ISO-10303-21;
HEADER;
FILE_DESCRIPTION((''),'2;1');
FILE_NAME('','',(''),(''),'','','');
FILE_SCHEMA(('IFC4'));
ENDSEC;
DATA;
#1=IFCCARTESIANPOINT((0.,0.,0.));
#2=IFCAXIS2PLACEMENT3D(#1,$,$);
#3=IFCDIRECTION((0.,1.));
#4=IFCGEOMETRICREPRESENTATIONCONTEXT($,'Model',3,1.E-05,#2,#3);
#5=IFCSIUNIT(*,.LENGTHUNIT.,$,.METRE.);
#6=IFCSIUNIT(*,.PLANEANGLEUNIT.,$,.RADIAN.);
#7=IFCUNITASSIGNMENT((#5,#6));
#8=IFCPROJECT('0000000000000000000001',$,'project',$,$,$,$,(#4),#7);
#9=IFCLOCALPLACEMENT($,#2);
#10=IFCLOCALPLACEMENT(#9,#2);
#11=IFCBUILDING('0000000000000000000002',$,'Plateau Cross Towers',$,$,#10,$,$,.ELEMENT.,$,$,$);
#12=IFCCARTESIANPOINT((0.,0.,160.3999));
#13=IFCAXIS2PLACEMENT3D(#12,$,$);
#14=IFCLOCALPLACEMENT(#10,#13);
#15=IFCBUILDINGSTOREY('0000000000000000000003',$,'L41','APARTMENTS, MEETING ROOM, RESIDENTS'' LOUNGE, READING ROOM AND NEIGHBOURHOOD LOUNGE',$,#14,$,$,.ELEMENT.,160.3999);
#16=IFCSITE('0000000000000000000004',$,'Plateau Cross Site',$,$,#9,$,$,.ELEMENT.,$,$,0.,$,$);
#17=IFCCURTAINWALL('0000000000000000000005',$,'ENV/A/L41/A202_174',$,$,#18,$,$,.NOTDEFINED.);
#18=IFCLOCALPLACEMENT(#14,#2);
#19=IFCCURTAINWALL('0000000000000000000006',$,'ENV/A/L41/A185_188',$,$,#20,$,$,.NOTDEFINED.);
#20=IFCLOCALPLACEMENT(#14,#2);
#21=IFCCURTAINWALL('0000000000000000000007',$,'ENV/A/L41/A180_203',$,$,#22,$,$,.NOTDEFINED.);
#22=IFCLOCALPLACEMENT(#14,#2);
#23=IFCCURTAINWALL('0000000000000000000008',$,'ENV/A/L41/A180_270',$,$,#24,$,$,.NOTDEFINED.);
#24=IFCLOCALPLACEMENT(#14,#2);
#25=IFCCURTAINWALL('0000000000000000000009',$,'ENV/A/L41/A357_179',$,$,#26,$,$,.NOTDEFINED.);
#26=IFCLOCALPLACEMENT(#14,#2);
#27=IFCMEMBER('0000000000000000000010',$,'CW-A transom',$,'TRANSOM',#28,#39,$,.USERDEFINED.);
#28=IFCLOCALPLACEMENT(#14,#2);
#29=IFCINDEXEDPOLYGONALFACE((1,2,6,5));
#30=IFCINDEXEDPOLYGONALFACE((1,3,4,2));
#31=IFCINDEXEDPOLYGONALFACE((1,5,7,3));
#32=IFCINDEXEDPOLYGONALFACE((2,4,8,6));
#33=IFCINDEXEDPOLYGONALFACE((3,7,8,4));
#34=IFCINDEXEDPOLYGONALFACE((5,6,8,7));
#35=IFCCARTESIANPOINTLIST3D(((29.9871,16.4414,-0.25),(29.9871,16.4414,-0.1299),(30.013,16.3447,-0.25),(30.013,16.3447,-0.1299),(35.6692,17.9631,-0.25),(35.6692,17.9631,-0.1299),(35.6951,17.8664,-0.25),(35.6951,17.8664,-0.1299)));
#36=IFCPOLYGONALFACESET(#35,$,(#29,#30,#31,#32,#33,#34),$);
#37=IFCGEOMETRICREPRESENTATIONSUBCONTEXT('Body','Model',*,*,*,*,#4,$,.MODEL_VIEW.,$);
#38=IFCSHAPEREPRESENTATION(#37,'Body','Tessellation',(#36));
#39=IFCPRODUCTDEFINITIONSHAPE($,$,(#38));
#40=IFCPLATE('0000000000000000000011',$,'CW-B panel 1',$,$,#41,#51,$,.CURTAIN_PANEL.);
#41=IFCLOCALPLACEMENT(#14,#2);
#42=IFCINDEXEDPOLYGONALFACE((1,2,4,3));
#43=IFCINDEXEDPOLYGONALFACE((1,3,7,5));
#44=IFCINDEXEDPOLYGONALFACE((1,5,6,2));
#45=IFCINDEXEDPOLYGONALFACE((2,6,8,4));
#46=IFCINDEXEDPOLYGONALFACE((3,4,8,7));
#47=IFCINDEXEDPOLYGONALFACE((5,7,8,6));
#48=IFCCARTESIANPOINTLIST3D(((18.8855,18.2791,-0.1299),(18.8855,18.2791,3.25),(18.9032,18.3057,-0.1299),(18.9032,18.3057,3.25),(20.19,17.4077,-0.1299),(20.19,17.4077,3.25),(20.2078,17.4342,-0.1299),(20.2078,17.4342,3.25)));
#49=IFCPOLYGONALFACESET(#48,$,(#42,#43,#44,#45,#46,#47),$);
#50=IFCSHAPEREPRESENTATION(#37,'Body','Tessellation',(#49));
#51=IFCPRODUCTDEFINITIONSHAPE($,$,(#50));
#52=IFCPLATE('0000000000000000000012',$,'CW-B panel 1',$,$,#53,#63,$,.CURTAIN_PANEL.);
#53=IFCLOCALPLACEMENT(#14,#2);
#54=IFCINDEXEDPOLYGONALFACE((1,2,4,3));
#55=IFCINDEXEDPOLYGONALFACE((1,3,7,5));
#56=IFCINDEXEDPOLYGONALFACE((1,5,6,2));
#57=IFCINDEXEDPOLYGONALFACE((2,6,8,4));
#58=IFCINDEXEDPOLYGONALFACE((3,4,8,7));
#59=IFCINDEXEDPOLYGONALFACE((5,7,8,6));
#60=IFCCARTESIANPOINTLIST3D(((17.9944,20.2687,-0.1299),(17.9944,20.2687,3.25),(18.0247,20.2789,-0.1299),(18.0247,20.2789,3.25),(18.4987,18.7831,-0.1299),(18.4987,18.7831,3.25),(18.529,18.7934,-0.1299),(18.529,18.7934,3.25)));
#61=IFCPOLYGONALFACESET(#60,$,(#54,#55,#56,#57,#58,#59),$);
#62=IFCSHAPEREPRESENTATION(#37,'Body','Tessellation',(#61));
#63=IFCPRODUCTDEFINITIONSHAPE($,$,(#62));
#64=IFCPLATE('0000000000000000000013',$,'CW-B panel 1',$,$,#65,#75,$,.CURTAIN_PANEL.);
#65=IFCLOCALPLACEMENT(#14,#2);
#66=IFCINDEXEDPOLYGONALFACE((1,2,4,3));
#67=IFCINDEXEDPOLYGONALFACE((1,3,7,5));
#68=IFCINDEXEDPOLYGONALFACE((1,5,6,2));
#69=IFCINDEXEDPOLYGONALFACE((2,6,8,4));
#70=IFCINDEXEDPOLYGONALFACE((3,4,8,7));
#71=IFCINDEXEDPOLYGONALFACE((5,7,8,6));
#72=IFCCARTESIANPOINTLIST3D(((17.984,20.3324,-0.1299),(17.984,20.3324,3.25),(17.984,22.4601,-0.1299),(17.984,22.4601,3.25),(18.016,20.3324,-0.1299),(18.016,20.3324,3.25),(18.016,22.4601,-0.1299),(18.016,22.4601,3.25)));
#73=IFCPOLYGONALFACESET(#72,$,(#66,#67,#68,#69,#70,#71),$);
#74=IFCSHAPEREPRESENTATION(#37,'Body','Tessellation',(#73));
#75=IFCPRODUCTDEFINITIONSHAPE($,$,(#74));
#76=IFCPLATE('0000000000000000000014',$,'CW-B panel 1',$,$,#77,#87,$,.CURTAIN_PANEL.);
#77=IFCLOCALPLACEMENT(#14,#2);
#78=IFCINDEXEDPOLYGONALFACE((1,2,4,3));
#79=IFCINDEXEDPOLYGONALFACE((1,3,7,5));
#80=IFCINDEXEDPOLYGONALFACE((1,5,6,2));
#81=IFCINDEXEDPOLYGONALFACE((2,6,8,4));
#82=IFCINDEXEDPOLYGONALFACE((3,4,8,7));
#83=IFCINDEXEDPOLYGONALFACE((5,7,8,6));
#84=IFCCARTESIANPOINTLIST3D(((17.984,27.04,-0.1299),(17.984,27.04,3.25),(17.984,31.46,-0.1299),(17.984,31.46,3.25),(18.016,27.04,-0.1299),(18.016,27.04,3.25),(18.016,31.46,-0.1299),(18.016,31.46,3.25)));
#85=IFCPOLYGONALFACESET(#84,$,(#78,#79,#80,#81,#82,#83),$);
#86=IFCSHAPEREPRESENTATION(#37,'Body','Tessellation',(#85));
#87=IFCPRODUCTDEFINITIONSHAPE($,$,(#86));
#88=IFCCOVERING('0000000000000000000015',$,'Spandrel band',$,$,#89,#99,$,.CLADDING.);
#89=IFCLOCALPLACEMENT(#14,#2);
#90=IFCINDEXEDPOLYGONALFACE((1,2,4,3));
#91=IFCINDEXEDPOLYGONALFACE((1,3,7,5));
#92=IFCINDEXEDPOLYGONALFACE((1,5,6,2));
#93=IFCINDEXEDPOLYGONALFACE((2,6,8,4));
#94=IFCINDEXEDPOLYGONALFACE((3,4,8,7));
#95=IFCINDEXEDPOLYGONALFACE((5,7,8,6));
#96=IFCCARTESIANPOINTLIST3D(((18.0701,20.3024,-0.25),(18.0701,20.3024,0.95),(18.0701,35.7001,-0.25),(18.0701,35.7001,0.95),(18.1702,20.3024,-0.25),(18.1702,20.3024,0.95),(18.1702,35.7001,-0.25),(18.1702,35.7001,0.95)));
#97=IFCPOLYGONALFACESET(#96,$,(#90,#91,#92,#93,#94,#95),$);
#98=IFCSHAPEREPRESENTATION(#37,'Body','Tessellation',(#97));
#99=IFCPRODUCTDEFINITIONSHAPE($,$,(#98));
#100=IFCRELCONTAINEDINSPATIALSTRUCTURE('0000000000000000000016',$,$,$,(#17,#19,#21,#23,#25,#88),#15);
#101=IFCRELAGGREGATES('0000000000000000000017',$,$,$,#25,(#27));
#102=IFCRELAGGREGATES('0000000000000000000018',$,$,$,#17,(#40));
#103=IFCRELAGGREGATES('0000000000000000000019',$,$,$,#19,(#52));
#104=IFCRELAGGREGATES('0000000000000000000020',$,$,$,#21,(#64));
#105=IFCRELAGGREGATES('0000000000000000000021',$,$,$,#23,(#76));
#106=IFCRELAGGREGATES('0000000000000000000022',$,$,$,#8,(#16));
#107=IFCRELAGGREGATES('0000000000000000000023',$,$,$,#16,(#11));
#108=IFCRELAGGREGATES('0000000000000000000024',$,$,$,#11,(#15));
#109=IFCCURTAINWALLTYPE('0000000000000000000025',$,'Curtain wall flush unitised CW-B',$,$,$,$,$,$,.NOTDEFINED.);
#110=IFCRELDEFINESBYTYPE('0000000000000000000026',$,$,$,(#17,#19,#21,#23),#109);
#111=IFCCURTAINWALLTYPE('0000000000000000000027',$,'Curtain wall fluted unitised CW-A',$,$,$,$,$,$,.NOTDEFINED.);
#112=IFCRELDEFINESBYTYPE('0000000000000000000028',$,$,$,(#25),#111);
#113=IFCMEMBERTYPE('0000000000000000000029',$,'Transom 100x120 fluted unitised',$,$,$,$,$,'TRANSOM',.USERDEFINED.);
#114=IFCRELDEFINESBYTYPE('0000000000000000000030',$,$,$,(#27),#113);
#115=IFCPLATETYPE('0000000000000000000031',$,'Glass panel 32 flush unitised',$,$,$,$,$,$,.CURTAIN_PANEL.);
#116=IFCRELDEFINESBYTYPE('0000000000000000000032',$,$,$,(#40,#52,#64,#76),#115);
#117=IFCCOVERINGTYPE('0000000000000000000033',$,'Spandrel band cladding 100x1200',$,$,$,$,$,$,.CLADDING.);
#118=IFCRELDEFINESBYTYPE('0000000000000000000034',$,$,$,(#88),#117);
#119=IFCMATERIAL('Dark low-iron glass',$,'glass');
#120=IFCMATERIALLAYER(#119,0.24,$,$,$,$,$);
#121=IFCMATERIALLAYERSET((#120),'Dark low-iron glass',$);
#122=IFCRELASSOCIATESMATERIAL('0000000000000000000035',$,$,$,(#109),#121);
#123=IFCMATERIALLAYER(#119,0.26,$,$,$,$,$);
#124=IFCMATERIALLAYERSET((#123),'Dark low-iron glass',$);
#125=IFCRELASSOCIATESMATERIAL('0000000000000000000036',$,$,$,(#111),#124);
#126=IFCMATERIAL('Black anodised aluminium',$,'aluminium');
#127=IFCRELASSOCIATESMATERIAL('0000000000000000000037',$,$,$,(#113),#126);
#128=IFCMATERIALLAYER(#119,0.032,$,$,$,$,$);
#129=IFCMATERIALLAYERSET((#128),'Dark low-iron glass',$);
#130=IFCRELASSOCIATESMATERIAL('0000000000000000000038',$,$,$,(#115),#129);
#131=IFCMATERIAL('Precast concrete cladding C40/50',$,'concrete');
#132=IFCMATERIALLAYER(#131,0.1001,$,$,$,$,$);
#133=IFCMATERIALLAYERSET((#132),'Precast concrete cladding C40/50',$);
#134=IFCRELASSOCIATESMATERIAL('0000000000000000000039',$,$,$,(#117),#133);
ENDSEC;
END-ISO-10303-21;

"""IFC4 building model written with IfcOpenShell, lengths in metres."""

from ifc_helpers import new_model, si_unit, direction, frame, origin, origin_2d, place, context, subcontext, project, spatial, rectangle, extrude, material, layer, layer_set, material_profile, profile_set, type_object, element, aggregate, save


model = new_model("IFC4")

# Units and contexts
model_context = context("Model", 3, precision=1e-05, world=origin(), true_north=direction((0.0, 1.0)))
body_context = subcontext(model_context, "Body", "Model", "MODEL_VIEW")
ifc_project = project(units=[si_unit("LENGTHUNIT", "METRE"), si_unit("PLANEANGLEUNIT", "RADIAN")], contexts=[model_context])

# Site, building, storey
site_placement = place(None, origin())
site = spatial("IfcSite", under=ifc_project, at=site_placement, Name="Plateau Cross Site", CompositionType="ELEMENT", RefElevation=0.0)
building_placement = place(site_placement, origin())
building = spatial("IfcBuilding", under=site, at=building_placement, Name="Plateau Cross Towers", CompositionType="ELEMENT")
storey_placement = place(building_placement, frame((0.0, 0.0, 160.3999)))
storey = spatial("IfcBuildingStorey", under=building, at=storey_placement, Name="L41", Description="APARTMENTS, MEETING ROOM, RESIDENTS' LOUNGE, READING ROOM AND NEIGHBOURHOOD LOUNGE", CompositionType="ELEMENT", Elevation=160.3999)

# Curtain wall
ifc_material_1 = material(Name="Dark low-iron glass", Category="glass")
ifc_layer_1 = layer(ifc_material_1, 0.24)
ifc_layer_set_1 = layer_set([ifc_layer_1], Name="Dark low-iron glass")
curtain_wall_type_1 = type_object("IfcCurtainWallType", Name="Curtain wall flush unitised CW-B", PredefinedType="NOTDEFINED", material=ifc_layer_set_1)
curtain_wall_1_placement = place(storey_placement, origin())
curtain_wall_1 = element("IfcCurtainWall", 1, at=curtain_wall_1_placement, inside=storey, type_object=curtain_wall_type_1, Name="ENV/A/L41/A202_174", PredefinedType="NOTDEFINED")
ifc_material_2 = material(Name="Black anodised aluminium", Category="aluminium")

# Curtain wall
curtain_wall_2_placement = place(storey_placement, origin())
curtain_wall_2 = element("IfcCurtainWall", 2, at=curtain_wall_2_placement, inside=storey, type_object=curtain_wall_type_1, Name="ENV/A/L41/A185_188", PredefinedType="NOTDEFINED")

# Curtain walls
curtain_wall_3_placement = place(storey_placement, origin())
curtain_wall_3 = element("IfcCurtainWall", 3, at=curtain_wall_3_placement, inside=storey, type_object=curtain_wall_type_1, Name="ENV/A/L41/A180_203", PredefinedType="NOTDEFINED")
curtain_wall_4_placement = place(storey_placement, origin())
curtain_wall_4 = element("IfcCurtainWall", 4, at=curtain_wall_4_placement, inside=storey, type_object=curtain_wall_type_1, Name="ENV/A/L41/A180_270", PredefinedType="NOTDEFINED")

# Curtain wall
ifc_layer_2 = layer(ifc_material_1, 0.26)
ifc_layer_set_2 = layer_set([ifc_layer_2], Name="Dark low-iron glass")
curtain_wall_type_2 = type_object("IfcCurtainWallType", Name="Curtain wall fluted unitised CW-A", PredefinedType="NOTDEFINED", material=ifc_layer_set_2)
curtain_wall_5_placement = place(storey_placement, origin())
curtain_wall_5 = element("IfcCurtainWall", 5, at=curtain_wall_5_placement, inside=storey, type_object=curtain_wall_type_2, Name="ENV/A/L41/A357_179", PredefinedType="NOTDEFINED")

# Member
ifc_material_profile_1 = material_profile(ifc_material_2, rectangle(XDim=0.1001, YDim=0.1201, at=origin_2d()), Name="TRANSOM 100x120")
ifc_profile_set_1 = profile_set([ifc_material_profile_1], Name="Black anodised aluminium")
member_type_1 = type_object("IfcMemberType", Name="Transom 100x120 fluted unitised", ElementType="TRANSOM", PredefinedType="USERDEFINED", material=ifc_profile_set_1)
member_1_placement = place(storey_placement, frame((35.6821, 17.9148, -0.1899), z_axis=(-0.96596, -0.258693, 0.0), x_axis=(0.258693, -0.96596, 0.0)))
member_1 = element("IfcMember", 6, at=member_1_placement, type_object=member_type_1, Name="CW-A transom", ObjectType="TRANSOM", PredefinedType="USERDEFINED", context=body_context, shape_type="SweptSolid", body=[
    extrude(rectangle(XDim=0.1001, YDim=0.1201, at=origin_2d()), origin(), (0.0, 0.0, 1.0), 5.8823),
])
aggregate(curtain_wall_5, [member_1])

# Plates
ifc_layer_3 = layer(ifc_material_1, 0.032)
ifc_layer_set_3 = layer_set([ifc_layer_3], Name="Dark low-iron glass")
plate_type = type_object("IfcPlateType", Name="Glass panel 32 flush unitised", PredefinedType="CURTAIN_PANEL", material=ifc_layer_set_3)
plate_1_placement = place(storey_placement, frame((19.5466, 17.8567, -0.1299), z_axis=(0.0, 0.0, 1.0), x_axis=(-0.831521, 0.555493, 0.0)))
plate_1 = element("IfcPlate", 7, at=plate_1_placement, type_object=plate_type, Name="CW-B panel 1", PredefinedType="CURTAIN_PANEL", context=body_context, shape_type="SweptSolid", body=[
    extrude(rectangle(XDim=1.5688, YDim=0.032, at=origin_2d()), origin(), (0.0, 0.0, 1.0), 3.3799),
])
aggregate(curtain_wall_1, [plate_1])
plate_2_placement = place(storey_placement, frame((18.2617, 19.531, -0.1299), z_axis=(0.0, 0.0, 1.0), x_axis=(-0.321469, 0.94692, 0.0)))
plate_2 = element("IfcPlate", 8, at=plate_2_placement, type_object=plate_type, Name="CW-B panel 1", PredefinedType="CURTAIN_PANEL", context=body_context, shape_type="SweptSolid", body=[
    extrude(rectangle(XDim=1.5688, YDim=0.032, at=origin_2d()), origin(), (0.0, 0.0, 1.0), 3.3799),
])
aggregate(curtain_wall_2, [plate_2])
plate_3_placement = place(storey_placement, frame((18.0, 21.3962, -0.1299), z_axis=(0.0, 0.0, 1.0), x_axis=(0.0, 1.0, 0.0)))
plate_3 = element("IfcPlate", 9, at=plate_3_placement, type_object=plate_type, Name="CW-B panel 1", PredefinedType="CURTAIN_PANEL", context=body_context, shape_type="SweptSolid", body=[
    extrude(rectangle(XDim=2.1277, YDim=0.032, at=origin_2d()), origin(), (0.0, 0.0, 1.0), 3.3799),
])
aggregate(curtain_wall_3, [plate_3])
plate_4_placement = place(storey_placement, frame((18.0, 29.25, -0.1299), z_axis=(0.0, 0.0, 1.0), x_axis=(0.0, 1.0, 0.0)))
plate_4 = element("IfcPlate", 10, at=plate_4_placement, type_object=plate_type, Name="CW-B panel 1", PredefinedType="CURTAIN_PANEL", context=body_context, shape_type="SweptSolid", body=[
    extrude(rectangle(XDim=4.4199, YDim=0.032, at=origin_2d()), origin(), (0.0, 0.0, 1.0), 3.3799),
])
aggregate(curtain_wall_4, [plate_4])

# Covering
ifc_material_3 = material(Name="Precast concrete cladding C40/50", Category="concrete")
ifc_layer_4 = layer(ifc_material_3, 0.1001)
ifc_layer_set_4 = layer_set([ifc_layer_4], Name="Precast concrete cladding C40/50")
covering_type = type_object("IfcCoveringType", Name="Spandrel band cladding 100x1200", PredefinedType="CLADDING", material=ifc_layer_set_4)
covering_placement = place(storey_placement, frame((18.1201, 28.0012, -0.25), z_axis=(0.0, 0.0, 1.0), x_axis=(0.0, 1.0, 0.0)))
element("IfcCovering", 11, at=covering_placement, inside=storey, type_object=covering_type, Name="Spandrel band", PredefinedType="CLADDING", context=body_context, shape_type="SweptSolid", body=[
    extrude(rectangle(XDim=15.3977, YDim=0.1001, at=origin_2d()), origin(), (0.0, 0.0, 1.0), 1.2),
])

save(model, "model.ifc")
